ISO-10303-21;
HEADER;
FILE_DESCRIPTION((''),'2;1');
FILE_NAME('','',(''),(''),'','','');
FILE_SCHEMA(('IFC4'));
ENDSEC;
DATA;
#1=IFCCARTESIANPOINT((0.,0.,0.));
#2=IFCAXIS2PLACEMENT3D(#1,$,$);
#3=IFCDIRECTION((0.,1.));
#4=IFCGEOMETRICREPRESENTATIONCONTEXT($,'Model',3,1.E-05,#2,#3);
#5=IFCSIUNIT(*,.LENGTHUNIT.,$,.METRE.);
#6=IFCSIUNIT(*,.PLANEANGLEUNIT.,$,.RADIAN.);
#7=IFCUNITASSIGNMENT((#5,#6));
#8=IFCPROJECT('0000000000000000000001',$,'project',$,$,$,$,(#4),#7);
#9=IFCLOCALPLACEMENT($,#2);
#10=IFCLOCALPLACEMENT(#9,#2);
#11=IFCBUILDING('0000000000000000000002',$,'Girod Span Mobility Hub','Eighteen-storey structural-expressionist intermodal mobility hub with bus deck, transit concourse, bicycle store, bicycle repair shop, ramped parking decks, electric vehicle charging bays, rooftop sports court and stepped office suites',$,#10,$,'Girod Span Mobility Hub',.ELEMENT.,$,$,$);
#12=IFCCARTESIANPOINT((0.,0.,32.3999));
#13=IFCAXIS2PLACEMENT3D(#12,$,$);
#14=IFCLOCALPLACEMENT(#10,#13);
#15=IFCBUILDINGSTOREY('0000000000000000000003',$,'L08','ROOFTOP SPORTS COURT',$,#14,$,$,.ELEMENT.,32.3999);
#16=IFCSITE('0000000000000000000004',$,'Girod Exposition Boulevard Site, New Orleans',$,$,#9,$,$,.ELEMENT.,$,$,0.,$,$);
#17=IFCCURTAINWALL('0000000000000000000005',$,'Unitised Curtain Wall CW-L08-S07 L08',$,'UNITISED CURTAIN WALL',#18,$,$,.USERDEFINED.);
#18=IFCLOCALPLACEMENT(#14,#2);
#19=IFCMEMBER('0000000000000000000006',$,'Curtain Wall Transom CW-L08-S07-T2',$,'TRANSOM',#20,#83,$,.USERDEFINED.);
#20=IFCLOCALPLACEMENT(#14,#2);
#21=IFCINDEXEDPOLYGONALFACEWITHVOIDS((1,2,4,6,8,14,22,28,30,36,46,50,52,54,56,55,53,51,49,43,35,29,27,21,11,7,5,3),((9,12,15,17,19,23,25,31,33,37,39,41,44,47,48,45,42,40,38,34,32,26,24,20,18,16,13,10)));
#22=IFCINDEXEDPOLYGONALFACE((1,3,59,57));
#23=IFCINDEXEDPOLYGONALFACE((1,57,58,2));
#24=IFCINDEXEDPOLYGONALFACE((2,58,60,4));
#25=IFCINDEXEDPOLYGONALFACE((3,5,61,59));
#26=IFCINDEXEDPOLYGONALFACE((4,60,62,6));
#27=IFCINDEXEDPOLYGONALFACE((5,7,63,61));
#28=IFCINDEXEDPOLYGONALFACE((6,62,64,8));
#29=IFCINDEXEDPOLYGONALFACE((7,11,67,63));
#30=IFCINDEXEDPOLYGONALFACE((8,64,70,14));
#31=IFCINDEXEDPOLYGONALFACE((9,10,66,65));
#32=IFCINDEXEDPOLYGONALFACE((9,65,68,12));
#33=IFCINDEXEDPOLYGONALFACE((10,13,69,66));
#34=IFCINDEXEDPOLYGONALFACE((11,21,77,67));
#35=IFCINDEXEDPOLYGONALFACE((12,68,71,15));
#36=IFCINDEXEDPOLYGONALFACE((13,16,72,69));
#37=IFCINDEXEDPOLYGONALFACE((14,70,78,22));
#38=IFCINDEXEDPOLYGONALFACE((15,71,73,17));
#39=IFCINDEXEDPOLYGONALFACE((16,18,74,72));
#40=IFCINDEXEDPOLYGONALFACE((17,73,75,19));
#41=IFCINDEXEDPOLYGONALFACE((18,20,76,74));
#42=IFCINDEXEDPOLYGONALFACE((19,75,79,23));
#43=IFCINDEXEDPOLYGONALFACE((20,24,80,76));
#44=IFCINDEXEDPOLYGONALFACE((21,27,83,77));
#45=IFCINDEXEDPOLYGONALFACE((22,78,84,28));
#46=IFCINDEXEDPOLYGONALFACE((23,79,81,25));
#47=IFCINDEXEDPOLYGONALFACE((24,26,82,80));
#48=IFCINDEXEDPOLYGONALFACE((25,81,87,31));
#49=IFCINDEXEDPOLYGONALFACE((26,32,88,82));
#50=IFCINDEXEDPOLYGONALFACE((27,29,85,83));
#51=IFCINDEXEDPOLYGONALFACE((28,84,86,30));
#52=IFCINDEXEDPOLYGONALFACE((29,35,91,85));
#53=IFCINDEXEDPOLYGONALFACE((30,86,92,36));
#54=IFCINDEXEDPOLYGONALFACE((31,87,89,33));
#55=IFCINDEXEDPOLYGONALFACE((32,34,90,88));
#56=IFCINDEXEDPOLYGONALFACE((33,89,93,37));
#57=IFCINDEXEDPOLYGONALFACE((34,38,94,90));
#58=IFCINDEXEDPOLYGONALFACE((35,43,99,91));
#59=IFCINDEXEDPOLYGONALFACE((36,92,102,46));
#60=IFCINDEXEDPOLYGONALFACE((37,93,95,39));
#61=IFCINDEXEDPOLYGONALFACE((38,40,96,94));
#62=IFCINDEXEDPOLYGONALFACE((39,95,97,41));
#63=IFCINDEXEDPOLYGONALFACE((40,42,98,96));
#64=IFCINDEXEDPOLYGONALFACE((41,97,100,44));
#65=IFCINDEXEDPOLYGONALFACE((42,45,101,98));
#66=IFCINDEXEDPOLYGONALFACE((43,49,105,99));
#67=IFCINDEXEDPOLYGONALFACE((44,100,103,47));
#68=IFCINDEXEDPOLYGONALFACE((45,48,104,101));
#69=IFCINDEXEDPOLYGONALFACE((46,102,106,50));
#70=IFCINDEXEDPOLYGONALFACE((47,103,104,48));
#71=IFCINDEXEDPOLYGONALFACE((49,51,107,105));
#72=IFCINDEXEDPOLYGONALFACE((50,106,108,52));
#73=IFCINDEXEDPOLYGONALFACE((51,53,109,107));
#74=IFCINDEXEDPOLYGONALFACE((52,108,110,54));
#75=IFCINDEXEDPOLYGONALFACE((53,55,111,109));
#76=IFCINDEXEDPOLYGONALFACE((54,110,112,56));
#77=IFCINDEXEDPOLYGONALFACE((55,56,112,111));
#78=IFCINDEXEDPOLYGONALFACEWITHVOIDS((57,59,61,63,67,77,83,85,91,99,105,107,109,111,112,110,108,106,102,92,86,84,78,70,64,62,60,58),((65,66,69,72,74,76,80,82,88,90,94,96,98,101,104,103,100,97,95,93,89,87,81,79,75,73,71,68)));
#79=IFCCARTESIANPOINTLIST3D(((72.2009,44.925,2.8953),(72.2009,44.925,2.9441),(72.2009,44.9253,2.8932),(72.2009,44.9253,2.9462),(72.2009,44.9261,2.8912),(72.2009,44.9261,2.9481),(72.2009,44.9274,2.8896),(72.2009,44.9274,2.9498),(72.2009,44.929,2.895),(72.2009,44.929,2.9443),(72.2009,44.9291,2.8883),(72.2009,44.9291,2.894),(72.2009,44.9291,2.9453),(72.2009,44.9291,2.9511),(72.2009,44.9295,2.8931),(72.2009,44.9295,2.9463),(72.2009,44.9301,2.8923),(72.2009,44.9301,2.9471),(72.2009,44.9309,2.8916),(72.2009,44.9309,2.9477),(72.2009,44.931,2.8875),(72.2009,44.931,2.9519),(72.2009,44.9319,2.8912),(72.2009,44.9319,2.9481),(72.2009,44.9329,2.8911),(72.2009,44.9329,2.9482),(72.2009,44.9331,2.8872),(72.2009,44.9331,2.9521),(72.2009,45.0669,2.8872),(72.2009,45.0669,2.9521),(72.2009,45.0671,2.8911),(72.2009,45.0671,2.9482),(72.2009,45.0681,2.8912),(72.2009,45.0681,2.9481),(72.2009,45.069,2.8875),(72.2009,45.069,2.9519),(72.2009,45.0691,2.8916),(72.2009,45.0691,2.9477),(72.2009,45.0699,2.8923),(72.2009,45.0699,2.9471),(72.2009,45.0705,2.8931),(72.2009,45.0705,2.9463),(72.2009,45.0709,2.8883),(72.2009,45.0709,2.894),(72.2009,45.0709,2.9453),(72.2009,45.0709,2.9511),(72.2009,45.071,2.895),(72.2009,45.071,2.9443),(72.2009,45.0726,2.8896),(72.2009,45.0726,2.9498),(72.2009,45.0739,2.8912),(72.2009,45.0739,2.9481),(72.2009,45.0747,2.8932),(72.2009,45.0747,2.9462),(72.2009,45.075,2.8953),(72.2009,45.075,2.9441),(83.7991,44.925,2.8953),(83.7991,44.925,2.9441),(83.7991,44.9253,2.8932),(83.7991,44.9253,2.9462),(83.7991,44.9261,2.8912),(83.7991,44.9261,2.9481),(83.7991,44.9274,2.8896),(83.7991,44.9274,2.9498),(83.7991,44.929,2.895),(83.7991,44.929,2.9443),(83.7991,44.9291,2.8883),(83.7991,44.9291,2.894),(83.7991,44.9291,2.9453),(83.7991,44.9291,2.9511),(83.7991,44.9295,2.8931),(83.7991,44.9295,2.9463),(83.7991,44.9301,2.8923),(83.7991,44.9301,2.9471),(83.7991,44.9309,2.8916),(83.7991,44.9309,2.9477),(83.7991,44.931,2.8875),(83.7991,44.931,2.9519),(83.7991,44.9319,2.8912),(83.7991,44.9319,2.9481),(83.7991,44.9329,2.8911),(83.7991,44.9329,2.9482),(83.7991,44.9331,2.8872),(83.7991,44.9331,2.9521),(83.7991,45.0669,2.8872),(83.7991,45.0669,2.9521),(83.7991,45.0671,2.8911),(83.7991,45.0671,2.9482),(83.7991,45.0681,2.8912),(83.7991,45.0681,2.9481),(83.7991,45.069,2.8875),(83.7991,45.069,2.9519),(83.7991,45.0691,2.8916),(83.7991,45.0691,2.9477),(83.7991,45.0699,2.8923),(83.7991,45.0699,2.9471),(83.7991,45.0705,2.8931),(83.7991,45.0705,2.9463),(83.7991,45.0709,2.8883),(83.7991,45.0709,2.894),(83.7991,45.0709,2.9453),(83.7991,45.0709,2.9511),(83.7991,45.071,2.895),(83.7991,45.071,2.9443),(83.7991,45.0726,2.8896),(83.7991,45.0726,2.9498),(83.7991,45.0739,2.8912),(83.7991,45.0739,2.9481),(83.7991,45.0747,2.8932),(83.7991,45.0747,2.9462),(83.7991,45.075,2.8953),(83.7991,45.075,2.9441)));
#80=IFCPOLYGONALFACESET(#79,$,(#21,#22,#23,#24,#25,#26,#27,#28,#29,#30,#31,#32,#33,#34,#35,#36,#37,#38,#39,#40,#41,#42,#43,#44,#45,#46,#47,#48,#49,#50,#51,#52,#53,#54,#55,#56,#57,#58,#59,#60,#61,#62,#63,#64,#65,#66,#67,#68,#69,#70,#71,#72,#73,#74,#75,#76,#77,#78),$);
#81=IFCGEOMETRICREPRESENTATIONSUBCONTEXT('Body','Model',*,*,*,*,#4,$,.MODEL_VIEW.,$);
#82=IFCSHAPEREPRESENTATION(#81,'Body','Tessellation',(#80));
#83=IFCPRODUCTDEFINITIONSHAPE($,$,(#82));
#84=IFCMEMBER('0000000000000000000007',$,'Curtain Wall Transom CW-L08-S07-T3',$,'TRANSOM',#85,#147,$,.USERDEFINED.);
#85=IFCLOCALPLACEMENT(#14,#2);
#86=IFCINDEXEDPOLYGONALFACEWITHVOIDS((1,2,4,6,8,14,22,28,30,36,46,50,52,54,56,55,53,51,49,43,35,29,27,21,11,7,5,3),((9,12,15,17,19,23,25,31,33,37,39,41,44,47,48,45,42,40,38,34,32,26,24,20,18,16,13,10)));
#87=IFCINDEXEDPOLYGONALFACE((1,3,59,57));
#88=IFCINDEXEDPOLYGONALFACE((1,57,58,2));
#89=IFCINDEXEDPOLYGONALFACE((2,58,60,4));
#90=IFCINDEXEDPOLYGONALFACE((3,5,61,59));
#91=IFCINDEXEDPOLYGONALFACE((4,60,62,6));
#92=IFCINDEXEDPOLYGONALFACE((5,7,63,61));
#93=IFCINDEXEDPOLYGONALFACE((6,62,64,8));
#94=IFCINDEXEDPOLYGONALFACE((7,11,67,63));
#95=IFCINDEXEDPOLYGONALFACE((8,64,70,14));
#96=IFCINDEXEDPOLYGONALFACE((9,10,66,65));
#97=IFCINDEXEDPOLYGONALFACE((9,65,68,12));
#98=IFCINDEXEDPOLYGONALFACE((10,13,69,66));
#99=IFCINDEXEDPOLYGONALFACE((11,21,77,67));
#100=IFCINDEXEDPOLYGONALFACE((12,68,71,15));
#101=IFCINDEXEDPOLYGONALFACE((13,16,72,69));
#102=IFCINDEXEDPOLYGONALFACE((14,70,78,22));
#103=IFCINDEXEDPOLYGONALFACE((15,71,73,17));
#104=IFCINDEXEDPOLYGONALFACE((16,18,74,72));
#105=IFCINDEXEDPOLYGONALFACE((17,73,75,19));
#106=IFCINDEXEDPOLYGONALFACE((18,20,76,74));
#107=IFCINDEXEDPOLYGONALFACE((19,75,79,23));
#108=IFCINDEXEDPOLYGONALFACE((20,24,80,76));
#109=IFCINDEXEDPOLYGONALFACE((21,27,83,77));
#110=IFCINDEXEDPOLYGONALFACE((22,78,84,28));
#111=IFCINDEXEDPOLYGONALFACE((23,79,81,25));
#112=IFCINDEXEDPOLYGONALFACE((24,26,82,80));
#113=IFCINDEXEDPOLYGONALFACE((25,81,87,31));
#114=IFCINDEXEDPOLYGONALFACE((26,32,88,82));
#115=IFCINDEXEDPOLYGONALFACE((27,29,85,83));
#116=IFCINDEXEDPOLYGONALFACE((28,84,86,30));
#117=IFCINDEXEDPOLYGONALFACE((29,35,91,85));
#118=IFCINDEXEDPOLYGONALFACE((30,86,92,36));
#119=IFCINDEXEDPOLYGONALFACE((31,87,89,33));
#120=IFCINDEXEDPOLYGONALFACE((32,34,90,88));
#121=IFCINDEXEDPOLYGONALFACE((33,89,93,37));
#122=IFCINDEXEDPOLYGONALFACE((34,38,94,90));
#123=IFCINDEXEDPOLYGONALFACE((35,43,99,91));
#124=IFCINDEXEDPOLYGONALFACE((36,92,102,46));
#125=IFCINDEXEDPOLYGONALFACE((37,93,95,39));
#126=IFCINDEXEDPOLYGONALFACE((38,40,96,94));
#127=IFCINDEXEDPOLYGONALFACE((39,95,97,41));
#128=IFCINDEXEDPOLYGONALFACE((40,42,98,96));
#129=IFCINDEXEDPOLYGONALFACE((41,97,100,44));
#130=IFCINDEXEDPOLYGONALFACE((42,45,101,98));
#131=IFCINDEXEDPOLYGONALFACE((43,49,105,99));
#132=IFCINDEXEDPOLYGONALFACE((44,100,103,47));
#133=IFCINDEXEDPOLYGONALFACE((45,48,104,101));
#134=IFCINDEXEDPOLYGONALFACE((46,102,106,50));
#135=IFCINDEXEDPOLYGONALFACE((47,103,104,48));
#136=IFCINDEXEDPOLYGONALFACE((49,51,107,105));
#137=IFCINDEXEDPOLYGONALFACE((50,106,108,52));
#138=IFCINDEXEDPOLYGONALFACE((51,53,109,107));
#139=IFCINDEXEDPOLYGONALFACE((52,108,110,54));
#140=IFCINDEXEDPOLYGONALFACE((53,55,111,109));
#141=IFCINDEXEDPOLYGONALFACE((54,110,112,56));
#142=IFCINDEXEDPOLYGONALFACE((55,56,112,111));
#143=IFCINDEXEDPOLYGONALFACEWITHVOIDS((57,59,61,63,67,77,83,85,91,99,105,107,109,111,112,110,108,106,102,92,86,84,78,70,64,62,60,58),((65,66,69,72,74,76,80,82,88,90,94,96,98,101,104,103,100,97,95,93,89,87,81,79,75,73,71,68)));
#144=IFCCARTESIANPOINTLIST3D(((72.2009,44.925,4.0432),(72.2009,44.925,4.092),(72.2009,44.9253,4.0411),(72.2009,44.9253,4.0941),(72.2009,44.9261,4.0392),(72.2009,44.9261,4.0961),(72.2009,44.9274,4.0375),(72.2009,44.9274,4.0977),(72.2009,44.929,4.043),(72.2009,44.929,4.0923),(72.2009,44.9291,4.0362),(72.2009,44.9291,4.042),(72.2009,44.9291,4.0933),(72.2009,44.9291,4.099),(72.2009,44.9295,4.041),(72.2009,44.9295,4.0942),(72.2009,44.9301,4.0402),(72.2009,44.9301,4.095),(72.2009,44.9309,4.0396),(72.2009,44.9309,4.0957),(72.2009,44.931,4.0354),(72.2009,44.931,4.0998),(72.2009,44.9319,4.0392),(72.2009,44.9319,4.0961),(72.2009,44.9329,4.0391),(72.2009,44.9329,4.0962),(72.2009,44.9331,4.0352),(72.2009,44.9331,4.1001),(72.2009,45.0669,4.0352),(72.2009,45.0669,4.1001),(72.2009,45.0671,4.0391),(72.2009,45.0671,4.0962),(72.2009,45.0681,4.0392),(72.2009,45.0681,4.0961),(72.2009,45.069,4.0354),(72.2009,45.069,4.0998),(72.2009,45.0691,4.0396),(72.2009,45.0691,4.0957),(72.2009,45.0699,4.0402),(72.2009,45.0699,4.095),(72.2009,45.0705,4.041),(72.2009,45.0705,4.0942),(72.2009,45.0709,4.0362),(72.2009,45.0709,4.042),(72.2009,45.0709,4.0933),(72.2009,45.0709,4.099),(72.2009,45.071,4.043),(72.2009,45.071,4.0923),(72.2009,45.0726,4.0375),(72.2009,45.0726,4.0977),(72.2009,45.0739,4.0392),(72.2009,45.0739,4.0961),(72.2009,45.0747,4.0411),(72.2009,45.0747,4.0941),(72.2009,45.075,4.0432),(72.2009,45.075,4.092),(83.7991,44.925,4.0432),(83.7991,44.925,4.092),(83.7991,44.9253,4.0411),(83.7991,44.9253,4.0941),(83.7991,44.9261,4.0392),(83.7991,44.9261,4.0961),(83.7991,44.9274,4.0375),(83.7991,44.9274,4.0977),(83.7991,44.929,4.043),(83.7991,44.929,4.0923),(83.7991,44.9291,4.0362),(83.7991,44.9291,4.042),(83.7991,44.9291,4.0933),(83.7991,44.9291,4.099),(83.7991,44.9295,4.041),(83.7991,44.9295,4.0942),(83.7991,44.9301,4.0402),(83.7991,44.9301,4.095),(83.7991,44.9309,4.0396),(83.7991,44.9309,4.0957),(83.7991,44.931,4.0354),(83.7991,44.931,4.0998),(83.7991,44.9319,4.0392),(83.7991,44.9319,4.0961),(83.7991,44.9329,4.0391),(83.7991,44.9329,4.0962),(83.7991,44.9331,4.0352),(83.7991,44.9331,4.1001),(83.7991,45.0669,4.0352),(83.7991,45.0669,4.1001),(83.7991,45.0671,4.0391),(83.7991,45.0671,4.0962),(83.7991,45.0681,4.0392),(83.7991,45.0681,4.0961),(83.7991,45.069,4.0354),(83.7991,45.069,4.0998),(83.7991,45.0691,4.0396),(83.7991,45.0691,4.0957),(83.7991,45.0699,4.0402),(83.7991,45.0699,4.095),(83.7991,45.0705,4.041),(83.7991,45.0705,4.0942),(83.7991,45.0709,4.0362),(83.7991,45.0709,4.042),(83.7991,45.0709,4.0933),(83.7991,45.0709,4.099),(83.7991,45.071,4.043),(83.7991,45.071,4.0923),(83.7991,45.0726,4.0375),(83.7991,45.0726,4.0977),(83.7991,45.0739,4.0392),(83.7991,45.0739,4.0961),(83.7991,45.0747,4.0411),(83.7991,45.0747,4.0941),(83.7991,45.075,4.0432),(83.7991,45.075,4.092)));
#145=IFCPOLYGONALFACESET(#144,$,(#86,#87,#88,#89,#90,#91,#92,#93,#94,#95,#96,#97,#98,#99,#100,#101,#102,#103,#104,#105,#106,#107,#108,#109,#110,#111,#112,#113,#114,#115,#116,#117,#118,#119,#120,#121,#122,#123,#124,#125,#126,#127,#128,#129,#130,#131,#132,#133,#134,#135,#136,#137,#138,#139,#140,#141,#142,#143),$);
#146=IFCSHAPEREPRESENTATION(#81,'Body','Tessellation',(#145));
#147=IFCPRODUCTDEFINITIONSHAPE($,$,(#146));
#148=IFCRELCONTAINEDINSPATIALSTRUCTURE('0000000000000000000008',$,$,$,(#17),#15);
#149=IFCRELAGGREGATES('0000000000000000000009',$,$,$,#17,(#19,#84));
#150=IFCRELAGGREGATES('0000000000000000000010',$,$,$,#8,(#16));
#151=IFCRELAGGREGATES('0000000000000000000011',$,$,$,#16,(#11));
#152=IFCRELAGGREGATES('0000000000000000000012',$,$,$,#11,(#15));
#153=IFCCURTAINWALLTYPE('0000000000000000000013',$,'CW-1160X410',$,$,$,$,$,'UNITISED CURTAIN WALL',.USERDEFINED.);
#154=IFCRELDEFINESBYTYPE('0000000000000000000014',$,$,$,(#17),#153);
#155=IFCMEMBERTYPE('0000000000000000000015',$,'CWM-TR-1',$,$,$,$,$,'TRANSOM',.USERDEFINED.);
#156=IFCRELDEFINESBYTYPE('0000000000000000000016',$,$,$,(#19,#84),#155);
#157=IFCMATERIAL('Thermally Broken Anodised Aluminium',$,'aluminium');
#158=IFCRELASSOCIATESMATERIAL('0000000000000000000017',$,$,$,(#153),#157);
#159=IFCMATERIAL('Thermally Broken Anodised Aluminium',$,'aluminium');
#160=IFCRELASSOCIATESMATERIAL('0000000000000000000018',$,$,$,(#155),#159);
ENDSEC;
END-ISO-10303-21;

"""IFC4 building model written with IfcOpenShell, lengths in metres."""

from ifc_helpers import new_model, si_unit, direction, frame, origin, origin_2d, place, context, subcontext, project, spatial, hollow_rectangle, extrude, material, material_profile, profile_set, type_object, element, aggregate, save


model = new_model("IFC4")

# Units and contexts
model_context = context("Model", 3, precision=1e-05, world=origin(), true_north=direction((0.0, 1.0)))
body_context = subcontext(model_context, "Body", "Model", "MODEL_VIEW")
ifc_project = project(units=[si_unit("LENGTHUNIT", "METRE"), si_unit("PLANEANGLEUNIT", "RADIAN")], contexts=[model_context])

# Site, building, storey
site_placement = place(None, origin())
site = spatial("IfcSite", under=ifc_project, at=site_placement, Name="Girod Exposition Boulevard Site, New Orleans", CompositionType="ELEMENT", RefElevation=0.0)
building_placement = place(site_placement, origin())
building = spatial("IfcBuilding", under=site, at=building_placement, Name="Girod Span Mobility Hub", Description="Eighteen-storey structural-expressionist intermodal mobility hub with bus deck, transit concourse, bicycle store, bicycle repair shop, ramped parking decks, electric vehicle charging bays, rooftop sports court and stepped office suites", LongName="Girod Span Mobility Hub", CompositionType="ELEMENT")
storey_placement = place(building_placement, frame((0.0, 0.0, 32.3999)))
storey = spatial("IfcBuildingStorey", under=building, at=storey_placement, Name="L08", Description="ROOFTOP SPORTS COURT", CompositionType="ELEMENT", Elevation=32.3999)

# Shared definitions
ifc_material_1 = material(Name="Thermally Broken Anodised Aluminium", Category="aluminium")
curtain_wall_type = type_object("IfcCurtainWallType", Name="CW-1160X410", ElementType="UNITISED CURTAIN WALL", PredefinedType="USERDEFINED", material=ifc_material_1)

# Curtain wall, members
curtain_wall_1_placement = place(storey_placement, origin())
curtain_wall_1 = element("IfcCurtainWall", 1, at=curtain_wall_1_placement, inside=storey, type_object=curtain_wall_type, Name="Unitised Curtain Wall CW-L08-S07 L08", ObjectType="UNITISED CURTAIN WALL", PredefinedType="USERDEFINED")
ifc_material_2 = material(Name="Thermally Broken Anodised Aluminium", Category="aluminium")
ifc_material_profile_1 = material_profile(ifc_material_2, hollow_rectangle(XDim=0.1499, YDim=0.0649, WallThickness=0.0039, InnerFilletRadius=0.0039, OuterFilletRadius=0.0081, at=origin_2d()), Name="CW-TR-65X150")
ifc_profile_set_1 = profile_set([ifc_material_profile_1], Name="Thermally Broken Anodised Aluminium")
member_type_1 = type_object("IfcMemberType", Name="CWM-TR-1", ElementType="TRANSOM", PredefinedType="USERDEFINED", material=ifc_profile_set_1)
member_1_placement = place(storey_placement, frame((72.2009, 45.0, 2.9197), z_axis=(1.0, 0.0, 0.0), x_axis=(0.0, 1.0, 0.0)))
member_1 = element("IfcMember", 2, at=member_1_placement, type_object=member_type_1, Name="Curtain Wall Transom CW-L08-S07-T2", ObjectType="TRANSOM", PredefinedType="USERDEFINED", context=body_context, shape_type="SweptSolid", body=[
    extrude(hollow_rectangle(XDim=0.1499, YDim=0.0649, WallThickness=0.0039, InnerFilletRadius=0.0039, OuterFilletRadius=0.0081, at=origin_2d()), origin(), (0.0, 0.0, 1.0), 11.5981),
])
member_2_placement = place(storey_placement, frame((72.2009, 45.0, 4.0676), z_axis=(1.0, 0.0, 0.0), x_axis=(0.0, 1.0, 0.0)))
member_2 = element("IfcMember", 3, at=member_2_placement, type_object=member_type_1, Name="Curtain Wall Transom CW-L08-S07-T3", ObjectType="TRANSOM", PredefinedType="USERDEFINED", context=body_context, shape_type="SweptSolid", body=[
    extrude(hollow_rectangle(XDim=0.1499, YDim=0.0649, WallThickness=0.0039, InnerFilletRadius=0.0039, OuterFilletRadius=0.0081, at=origin_2d()), origin(), (0.0, 0.0, 1.0), 11.5981),
])

aggregate(curtain_wall_1, [member_1, member_2])

save(model, "model.ifc")
